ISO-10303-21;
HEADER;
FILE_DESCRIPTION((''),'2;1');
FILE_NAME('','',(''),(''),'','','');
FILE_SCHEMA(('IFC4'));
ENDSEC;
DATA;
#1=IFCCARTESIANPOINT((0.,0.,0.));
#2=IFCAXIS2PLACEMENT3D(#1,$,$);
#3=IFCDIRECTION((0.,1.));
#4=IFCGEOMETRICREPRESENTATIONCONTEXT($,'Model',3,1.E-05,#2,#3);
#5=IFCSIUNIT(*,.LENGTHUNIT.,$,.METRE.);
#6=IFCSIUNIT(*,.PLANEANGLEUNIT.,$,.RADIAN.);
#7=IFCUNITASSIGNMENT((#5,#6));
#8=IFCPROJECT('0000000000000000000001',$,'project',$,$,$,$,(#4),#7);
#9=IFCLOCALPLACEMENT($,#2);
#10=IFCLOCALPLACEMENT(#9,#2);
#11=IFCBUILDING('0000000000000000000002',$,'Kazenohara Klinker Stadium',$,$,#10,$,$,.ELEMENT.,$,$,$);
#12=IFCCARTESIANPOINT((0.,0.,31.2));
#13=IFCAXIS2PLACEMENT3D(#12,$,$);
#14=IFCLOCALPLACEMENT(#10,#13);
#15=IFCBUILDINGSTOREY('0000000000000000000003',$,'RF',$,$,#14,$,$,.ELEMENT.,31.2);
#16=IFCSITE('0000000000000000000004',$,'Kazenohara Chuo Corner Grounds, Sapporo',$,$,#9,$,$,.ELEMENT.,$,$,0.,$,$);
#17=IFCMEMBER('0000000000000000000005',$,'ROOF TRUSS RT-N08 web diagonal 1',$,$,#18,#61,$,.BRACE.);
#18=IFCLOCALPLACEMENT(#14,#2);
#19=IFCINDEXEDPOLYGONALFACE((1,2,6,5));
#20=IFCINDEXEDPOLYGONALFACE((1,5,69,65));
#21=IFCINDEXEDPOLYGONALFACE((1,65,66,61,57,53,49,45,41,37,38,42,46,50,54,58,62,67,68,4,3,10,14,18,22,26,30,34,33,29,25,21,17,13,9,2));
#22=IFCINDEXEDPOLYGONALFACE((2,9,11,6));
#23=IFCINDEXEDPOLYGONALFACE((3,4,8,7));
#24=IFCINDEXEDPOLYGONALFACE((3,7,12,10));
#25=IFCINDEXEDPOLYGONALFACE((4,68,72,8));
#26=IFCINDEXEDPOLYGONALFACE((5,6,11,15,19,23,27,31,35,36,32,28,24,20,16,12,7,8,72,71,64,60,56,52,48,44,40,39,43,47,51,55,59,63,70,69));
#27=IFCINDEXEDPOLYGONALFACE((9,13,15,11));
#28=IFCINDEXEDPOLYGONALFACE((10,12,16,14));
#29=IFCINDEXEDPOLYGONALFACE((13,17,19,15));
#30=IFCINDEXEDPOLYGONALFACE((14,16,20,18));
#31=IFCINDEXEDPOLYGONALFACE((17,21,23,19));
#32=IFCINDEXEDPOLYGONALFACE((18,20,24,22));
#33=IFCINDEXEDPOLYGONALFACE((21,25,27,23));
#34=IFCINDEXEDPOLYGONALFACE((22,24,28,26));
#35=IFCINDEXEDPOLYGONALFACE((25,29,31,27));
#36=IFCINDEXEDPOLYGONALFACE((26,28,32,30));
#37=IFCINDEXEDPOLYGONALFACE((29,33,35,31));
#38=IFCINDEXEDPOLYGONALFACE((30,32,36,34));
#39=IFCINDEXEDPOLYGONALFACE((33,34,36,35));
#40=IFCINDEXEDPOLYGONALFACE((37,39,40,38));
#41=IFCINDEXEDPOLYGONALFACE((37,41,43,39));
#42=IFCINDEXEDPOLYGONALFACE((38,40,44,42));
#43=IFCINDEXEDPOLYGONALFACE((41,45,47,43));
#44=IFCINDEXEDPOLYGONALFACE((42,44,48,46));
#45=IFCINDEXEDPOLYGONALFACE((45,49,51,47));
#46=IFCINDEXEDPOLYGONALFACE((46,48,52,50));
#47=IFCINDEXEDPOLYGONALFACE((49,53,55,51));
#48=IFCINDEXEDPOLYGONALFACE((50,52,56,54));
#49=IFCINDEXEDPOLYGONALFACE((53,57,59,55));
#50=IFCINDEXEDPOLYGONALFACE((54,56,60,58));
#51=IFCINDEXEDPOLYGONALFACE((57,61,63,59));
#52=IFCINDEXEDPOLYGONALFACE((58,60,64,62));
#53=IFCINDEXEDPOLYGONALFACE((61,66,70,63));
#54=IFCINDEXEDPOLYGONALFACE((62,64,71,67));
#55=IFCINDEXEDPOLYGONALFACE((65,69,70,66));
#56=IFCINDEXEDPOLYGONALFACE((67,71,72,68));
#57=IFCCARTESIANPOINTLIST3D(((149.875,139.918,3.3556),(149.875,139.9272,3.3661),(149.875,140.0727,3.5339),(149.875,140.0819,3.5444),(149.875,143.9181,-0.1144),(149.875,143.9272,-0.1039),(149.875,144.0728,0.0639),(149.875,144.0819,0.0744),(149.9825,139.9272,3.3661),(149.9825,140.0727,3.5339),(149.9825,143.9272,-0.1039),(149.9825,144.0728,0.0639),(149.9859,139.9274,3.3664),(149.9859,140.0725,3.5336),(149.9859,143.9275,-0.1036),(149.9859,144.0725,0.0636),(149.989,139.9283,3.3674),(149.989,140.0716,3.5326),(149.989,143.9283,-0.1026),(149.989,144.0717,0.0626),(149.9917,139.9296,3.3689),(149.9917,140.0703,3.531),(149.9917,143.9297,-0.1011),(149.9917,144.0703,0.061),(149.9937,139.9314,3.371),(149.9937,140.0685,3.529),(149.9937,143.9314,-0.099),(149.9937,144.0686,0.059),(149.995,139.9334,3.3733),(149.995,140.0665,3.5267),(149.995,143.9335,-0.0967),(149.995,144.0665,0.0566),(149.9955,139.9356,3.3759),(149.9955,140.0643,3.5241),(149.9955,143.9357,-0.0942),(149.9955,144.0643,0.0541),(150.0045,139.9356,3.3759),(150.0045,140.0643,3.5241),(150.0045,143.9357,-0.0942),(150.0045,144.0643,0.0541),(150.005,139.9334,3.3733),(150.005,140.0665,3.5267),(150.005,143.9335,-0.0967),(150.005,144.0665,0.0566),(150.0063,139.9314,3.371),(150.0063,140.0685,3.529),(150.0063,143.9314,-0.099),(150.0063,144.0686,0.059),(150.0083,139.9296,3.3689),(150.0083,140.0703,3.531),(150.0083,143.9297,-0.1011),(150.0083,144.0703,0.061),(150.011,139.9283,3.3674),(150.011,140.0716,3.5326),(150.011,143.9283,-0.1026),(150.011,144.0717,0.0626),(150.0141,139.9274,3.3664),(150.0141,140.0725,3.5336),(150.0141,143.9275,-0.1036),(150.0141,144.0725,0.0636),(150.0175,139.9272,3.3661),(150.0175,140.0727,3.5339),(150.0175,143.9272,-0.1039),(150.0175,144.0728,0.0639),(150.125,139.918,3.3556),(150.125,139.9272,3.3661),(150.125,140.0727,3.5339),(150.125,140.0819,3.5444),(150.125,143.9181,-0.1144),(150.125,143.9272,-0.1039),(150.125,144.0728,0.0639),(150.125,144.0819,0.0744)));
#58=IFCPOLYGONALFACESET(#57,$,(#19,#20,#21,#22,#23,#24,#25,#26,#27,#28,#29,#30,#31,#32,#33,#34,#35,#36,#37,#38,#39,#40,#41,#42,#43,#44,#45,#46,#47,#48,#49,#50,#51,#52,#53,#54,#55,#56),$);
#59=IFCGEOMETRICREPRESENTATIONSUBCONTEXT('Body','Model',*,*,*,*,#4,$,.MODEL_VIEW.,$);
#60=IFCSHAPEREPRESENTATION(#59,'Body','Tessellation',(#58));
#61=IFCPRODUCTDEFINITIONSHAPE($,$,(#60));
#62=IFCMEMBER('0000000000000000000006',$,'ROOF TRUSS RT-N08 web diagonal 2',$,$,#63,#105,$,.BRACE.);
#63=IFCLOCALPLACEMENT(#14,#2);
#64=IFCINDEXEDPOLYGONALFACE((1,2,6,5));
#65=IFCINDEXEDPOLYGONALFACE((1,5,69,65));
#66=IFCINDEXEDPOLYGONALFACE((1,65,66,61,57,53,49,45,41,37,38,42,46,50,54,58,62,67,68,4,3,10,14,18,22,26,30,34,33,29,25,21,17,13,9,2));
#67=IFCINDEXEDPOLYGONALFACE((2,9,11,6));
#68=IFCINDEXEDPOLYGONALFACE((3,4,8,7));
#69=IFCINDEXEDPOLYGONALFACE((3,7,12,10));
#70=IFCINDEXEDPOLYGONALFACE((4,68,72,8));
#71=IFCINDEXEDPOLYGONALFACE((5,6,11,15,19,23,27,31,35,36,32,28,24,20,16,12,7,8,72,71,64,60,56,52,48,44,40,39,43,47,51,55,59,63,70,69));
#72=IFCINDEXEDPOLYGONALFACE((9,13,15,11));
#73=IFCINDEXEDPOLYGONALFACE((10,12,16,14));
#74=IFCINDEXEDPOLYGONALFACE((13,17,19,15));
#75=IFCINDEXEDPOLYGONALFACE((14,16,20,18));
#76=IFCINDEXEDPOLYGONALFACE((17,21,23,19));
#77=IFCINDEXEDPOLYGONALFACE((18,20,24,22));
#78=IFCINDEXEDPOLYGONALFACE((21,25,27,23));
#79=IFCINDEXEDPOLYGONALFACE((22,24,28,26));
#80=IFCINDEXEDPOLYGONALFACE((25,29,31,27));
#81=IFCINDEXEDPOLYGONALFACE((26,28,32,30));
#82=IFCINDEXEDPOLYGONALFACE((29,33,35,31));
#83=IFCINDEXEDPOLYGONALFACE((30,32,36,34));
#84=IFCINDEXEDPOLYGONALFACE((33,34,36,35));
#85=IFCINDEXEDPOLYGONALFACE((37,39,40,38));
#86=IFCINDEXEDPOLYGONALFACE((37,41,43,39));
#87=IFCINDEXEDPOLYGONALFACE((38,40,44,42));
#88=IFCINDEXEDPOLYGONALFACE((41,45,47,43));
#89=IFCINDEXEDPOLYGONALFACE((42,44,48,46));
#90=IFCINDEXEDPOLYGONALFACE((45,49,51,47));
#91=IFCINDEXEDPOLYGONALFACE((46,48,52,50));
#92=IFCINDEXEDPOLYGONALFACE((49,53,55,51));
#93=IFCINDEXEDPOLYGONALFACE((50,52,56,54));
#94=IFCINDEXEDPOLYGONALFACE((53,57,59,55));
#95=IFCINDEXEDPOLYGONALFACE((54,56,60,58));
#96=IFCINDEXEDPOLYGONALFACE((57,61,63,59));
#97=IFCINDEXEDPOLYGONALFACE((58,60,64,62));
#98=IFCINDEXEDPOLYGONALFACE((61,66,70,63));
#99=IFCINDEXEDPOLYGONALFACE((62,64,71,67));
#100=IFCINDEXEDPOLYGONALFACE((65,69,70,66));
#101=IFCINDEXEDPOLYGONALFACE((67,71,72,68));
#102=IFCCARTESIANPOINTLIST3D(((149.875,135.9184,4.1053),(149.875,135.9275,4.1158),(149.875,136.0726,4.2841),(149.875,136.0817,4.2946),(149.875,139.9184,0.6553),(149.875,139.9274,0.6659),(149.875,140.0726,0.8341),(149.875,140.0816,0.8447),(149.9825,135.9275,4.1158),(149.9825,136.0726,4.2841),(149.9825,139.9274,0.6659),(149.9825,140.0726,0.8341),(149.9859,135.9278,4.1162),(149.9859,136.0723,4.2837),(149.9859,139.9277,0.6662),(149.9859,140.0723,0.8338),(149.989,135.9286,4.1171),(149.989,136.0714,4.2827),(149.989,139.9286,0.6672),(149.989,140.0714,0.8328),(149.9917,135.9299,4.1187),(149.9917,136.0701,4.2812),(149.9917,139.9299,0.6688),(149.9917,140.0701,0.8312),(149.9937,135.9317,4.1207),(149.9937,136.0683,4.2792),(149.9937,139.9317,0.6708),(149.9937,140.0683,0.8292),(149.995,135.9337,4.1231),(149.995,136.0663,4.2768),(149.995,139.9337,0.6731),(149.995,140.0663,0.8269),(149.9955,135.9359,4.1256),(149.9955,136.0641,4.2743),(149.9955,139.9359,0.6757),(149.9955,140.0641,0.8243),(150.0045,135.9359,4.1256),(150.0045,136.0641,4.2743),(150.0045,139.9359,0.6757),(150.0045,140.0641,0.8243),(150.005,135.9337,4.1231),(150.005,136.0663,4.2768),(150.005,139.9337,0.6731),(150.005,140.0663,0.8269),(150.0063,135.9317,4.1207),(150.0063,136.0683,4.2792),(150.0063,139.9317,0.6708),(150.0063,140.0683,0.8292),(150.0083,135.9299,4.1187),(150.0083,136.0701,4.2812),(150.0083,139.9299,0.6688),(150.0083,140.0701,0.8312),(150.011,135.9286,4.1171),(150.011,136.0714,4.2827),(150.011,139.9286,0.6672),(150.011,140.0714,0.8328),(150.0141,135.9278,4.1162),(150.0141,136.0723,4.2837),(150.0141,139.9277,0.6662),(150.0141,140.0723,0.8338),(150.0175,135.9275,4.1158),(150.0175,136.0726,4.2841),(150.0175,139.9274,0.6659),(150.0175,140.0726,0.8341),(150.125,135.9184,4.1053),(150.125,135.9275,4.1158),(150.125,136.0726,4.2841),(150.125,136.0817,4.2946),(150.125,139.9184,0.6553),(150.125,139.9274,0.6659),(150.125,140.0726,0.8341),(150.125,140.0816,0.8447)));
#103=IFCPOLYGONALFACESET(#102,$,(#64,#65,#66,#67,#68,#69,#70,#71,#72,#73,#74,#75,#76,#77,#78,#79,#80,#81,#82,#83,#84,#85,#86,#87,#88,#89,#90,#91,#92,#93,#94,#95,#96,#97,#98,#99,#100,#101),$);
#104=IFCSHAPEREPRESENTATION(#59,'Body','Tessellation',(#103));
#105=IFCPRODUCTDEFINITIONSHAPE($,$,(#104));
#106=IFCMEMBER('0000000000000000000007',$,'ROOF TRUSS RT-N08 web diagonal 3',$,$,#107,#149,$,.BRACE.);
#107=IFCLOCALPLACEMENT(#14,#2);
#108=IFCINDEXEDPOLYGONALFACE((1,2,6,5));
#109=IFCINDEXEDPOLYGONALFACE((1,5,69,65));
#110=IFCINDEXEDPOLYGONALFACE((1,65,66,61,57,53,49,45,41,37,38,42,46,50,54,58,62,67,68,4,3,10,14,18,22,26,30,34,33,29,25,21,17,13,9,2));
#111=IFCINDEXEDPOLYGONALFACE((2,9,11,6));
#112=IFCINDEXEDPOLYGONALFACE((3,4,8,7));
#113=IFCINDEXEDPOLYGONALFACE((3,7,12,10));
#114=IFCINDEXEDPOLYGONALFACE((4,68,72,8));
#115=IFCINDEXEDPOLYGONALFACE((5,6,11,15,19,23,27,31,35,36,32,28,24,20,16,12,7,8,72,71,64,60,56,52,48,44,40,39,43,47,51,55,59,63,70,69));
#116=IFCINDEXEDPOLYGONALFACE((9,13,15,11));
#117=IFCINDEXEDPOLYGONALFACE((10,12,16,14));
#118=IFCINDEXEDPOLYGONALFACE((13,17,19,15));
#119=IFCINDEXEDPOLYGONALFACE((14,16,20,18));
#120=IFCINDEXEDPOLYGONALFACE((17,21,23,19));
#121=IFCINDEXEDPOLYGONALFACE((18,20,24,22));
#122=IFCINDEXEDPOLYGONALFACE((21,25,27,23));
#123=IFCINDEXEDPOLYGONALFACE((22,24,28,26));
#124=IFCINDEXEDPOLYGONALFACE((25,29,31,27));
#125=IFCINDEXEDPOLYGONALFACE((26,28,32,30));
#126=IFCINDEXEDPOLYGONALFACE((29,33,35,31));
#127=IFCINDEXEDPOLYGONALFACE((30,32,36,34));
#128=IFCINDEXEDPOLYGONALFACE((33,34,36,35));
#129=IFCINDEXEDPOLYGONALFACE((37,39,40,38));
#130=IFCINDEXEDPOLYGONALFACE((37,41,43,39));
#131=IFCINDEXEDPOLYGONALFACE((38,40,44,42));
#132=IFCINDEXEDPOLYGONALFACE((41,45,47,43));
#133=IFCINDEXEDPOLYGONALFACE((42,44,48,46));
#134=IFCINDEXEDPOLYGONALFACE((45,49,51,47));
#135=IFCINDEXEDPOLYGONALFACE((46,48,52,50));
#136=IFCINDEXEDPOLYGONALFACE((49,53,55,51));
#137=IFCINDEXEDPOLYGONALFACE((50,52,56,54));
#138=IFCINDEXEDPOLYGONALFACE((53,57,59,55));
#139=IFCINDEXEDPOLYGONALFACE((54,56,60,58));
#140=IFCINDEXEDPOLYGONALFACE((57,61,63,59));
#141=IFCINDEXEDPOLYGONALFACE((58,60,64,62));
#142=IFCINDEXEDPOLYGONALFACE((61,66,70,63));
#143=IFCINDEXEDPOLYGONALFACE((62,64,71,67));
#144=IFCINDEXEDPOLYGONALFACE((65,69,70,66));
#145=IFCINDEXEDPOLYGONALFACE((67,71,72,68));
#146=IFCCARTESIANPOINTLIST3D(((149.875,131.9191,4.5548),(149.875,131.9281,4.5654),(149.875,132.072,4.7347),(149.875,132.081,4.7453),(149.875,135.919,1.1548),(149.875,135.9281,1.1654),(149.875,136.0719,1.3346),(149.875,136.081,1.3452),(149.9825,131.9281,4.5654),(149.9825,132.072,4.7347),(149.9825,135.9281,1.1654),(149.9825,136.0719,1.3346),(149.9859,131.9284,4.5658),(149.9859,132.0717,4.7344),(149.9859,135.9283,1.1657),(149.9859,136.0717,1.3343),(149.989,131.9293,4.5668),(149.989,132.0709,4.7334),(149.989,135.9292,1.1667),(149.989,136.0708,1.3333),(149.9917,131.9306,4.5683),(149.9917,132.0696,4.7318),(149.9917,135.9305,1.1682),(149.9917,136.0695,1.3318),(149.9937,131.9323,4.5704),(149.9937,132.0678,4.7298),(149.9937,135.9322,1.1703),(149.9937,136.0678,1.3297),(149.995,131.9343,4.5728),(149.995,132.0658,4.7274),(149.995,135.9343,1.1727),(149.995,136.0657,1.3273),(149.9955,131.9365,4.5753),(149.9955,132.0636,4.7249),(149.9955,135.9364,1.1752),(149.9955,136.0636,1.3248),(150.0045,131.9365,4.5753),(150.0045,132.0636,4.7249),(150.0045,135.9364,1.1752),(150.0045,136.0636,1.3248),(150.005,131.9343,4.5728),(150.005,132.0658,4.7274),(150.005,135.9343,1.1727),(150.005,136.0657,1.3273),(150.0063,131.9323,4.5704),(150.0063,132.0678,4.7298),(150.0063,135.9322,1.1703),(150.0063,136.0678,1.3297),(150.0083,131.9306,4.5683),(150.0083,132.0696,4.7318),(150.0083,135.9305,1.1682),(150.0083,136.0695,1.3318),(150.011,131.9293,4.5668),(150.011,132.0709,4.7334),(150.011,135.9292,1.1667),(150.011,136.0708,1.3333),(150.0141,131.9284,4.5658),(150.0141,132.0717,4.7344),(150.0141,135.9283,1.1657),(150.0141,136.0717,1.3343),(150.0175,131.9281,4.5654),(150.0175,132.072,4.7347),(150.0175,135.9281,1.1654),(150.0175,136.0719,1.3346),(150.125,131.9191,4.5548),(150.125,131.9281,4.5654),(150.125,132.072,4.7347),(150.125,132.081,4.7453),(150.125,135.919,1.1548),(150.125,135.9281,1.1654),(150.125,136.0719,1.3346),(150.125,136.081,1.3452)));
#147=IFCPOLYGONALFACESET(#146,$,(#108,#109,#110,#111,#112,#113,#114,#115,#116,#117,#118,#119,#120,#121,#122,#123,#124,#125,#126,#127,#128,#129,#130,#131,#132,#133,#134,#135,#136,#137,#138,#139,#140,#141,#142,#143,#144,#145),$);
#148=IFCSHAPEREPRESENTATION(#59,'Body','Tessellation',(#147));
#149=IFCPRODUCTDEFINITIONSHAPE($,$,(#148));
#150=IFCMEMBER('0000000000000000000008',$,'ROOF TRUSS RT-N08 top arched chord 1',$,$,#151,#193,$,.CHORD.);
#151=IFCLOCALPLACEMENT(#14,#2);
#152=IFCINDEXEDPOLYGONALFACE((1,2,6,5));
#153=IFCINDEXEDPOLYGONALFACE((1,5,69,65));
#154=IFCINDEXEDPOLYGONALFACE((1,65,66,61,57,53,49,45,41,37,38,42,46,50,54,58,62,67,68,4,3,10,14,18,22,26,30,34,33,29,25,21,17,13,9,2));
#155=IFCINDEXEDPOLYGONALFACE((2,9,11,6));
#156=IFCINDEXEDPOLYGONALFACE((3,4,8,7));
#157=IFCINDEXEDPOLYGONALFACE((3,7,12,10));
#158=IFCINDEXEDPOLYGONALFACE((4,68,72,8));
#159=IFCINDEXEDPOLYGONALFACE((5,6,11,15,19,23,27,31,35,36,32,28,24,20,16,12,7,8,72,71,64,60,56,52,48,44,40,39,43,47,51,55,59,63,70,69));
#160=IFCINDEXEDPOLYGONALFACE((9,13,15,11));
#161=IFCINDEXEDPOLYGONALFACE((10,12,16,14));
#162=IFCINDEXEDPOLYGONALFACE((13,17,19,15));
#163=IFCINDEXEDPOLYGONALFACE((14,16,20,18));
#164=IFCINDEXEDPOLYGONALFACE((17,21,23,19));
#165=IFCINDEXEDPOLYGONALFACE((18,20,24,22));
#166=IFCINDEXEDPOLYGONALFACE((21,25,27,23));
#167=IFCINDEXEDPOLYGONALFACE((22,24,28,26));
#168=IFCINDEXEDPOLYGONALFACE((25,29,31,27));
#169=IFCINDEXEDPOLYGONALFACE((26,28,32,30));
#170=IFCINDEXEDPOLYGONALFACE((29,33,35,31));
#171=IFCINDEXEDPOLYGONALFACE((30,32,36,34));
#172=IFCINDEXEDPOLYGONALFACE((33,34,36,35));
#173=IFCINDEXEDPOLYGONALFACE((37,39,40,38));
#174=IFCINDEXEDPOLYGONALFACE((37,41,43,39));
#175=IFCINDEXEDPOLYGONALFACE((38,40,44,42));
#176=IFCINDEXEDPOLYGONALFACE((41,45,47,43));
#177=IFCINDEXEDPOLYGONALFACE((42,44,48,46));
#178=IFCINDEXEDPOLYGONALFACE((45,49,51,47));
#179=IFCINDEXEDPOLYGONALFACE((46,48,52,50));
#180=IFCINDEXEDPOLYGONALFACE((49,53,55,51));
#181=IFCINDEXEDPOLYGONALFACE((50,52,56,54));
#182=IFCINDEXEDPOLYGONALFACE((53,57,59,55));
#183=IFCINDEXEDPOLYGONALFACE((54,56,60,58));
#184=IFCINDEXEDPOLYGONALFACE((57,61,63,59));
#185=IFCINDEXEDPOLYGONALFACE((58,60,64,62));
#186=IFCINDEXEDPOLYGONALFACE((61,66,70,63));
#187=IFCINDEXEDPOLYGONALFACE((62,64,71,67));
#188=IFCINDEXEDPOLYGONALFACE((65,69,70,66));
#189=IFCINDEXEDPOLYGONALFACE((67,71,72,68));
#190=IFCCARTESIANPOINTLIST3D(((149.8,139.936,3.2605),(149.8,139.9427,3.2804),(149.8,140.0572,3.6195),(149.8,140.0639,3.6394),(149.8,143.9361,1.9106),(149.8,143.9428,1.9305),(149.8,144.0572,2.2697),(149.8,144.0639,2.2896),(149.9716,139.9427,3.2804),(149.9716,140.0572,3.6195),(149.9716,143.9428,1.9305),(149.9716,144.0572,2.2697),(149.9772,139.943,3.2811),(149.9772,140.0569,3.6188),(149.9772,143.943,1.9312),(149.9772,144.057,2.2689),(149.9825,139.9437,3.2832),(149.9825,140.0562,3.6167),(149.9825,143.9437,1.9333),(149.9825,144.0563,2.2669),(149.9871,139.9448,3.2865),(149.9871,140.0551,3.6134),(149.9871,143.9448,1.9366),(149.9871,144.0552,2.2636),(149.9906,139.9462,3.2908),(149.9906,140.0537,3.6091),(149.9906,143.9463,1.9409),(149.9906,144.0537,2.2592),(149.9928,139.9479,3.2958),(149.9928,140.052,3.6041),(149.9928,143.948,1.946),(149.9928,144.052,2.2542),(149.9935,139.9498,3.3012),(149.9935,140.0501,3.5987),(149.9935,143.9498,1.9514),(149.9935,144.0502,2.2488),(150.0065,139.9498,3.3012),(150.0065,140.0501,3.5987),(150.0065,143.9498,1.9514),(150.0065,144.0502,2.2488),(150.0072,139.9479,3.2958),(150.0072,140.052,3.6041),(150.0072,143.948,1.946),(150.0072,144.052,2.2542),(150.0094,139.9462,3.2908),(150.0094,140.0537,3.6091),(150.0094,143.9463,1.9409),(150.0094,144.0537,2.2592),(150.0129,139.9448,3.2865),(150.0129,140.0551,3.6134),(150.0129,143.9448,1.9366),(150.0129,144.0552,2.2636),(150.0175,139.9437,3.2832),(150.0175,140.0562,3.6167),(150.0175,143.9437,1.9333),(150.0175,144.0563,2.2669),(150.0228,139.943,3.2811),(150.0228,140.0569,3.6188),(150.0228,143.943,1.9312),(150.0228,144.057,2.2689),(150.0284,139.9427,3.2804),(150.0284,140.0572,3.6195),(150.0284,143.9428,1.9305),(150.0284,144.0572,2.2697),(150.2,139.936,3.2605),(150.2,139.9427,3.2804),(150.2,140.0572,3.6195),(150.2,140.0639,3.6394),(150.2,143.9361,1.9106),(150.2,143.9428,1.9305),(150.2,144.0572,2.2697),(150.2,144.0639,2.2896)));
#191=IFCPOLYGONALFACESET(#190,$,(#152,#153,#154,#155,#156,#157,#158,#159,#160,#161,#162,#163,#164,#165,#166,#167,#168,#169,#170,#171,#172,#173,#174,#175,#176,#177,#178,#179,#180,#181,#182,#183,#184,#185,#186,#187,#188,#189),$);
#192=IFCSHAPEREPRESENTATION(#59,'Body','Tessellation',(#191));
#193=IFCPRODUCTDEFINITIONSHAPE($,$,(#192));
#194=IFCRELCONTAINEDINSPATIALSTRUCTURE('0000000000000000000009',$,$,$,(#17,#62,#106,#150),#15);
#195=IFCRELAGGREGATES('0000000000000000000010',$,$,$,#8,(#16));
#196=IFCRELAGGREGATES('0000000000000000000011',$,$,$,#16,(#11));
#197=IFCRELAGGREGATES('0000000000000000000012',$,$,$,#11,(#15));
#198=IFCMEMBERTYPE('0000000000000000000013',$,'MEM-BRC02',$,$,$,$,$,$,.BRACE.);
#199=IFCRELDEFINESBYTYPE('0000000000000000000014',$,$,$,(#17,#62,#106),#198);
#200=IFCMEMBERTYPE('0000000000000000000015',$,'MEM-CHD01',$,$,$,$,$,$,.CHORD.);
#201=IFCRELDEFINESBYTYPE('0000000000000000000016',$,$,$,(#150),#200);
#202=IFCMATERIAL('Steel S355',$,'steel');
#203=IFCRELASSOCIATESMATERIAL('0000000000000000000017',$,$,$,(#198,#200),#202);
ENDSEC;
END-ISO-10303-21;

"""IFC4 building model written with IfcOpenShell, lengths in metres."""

from ifc_helpers import new_model, si_unit, direction, frame, origin, origin_2d, place, context, subcontext, project, spatial, i_section, extrude, material, material_profile, profile_set, type_object, element, save


model = new_model("IFC4")

# Units and contexts
model_context = context("Model", 3, precision=1e-05, world=origin(), true_north=direction((0.0, 1.0)))
body_context = subcontext(model_context, "Body", "Model", "MODEL_VIEW")
ifc_project = project(units=[si_unit("LENGTHUNIT", "METRE"), si_unit("PLANEANGLEUNIT", "RADIAN")], contexts=[model_context])

# Site, building, storey
site_placement = place(None, origin())
site = spatial("IfcSite", under=ifc_project, at=site_placement, Name="Kazenohara Chuo Corner Grounds, Sapporo", CompositionType="ELEMENT", RefElevation=0.0)
building_placement = place(site_placement, origin())
building = spatial("IfcBuilding", under=site, at=building_placement, Name="Kazenohara Klinker Stadium", CompositionType="ELEMENT")
storey_placement = place(building_placement, frame((0.0, 0.0, 31.2)))
storey = spatial("IfcBuildingStorey", under=building, at=storey_placement, Name="RF", CompositionType="ELEMENT", Elevation=31.2)

# Members
ifc_material_1 = material(Name="Steel S355", Category="steel")
ifc_material_profile_1 = material_profile(ifc_material_1, i_section(OverallWidth=0.25, OverallDepth=0.25, WebThickness=0.009, FlangeThickness=0.0139, FilletRadius=0.0129, at=origin_2d()), Name="H-250x250x9x14")
ifc_profile_set_1 = profile_set([ifc_material_profile_1], Name="Steel S355")
member_type_1 = type_object("IfcMemberType", Name="MEM-BRC02", PredefinedType="BRACE", material=ifc_profile_set_1)
member_1_placement = place(storey_placement, frame((150.0, 144.0, -0.02), z_axis=(0.0, -0.75538, 0.655287), x_axis=(1.0, 0.0, 0.0)))
element("IfcMember", 1, at=member_1_placement, inside=storey, type_object=member_type_1, Name="ROOF TRUSS RT-N08 web diagonal 1", PredefinedType="BRACE", context=body_context, shape_type="SweptSolid", body=[
    extrude(i_section(OverallWidth=0.25, OverallDepth=0.25, WebThickness=0.009, FlangeThickness=0.0139, FilletRadius=0.0129, at=origin_2d()), origin(), (0.0, 0.0, 1.0), 5.2954),
])
member_2_placement = place(storey_placement, frame((150.0, 140.0, 0.75), z_axis=(0.0, -0.757253, 0.653122), x_axis=(1.0, 0.0, 0.0)))
element("IfcMember", 2, at=member_2_placement, inside=storey, type_object=member_type_1, Name="ROOF TRUSS RT-N08 web diagonal 2", PredefinedType="BRACE", context=body_context, shape_type="SweptSolid", body=[
    extrude(i_section(OverallWidth=0.25, OverallDepth=0.25, WebThickness=0.009, FlangeThickness=0.0139, FilletRadius=0.0129, at=origin_2d()), origin(), (0.0, 0.0, 1.0), 5.2822),
])
member_3_placement = place(storey_placement, frame((150.0, 136.0, 1.25), z_axis=(0.0, -0.761926, 0.647665), x_axis=(1.0, 0.0, 0.0)))
element("IfcMember", 3, at=member_3_placement, inside=storey, type_object=member_type_1, Name="ROOF TRUSS RT-N08 web diagonal 3", PredefinedType="BRACE", context=body_context, shape_type="SweptSolid", body=[
    extrude(i_section(OverallWidth=0.25, OverallDepth=0.25, WebThickness=0.009, FlangeThickness=0.0139, FilletRadius=0.0129, at=origin_2d()), origin(), (0.0, 0.0, 1.0), 5.2498),
])
ifc_material_profile_2 = material_profile(ifc_material_1, i_section(OverallWidth=0.3999, OverallDepth=0.3999, WebThickness=0.0129, FlangeThickness=0.021, FilletRadius=0.022, at=origin_2d()), Name="H-400x400x13x21")
ifc_profile_set_2 = profile_set([ifc_material_profile_2], Name="Steel S355")
member_type_2 = type_object("IfcMemberType", Name="MEM-CHD01", PredefinedType="CHORD", material=ifc_profile_set_2)
member_4_placement = place(storey_placement, frame((150.0, 144.0, 2.1001), z_axis=(0.0, -0.947503, 0.319747), x_axis=(1.0, 0.0, 0.0)))
element("IfcMember", 4, at=member_4_placement, inside=storey, type_object=member_type_2, Name="ROOF TRUSS RT-N08 top arched chord 1", PredefinedType="CHORD", context=body_context, shape_type="SweptSolid", body=[
    extrude(i_section(OverallWidth=0.3999, OverallDepth=0.3999, WebThickness=0.0129, FlangeThickness=0.021, FilletRadius=0.022, at=origin_2d()), origin(), (0.0, 0.0, 1.0), 4.2217),
])

save(model, "model.ifc")
